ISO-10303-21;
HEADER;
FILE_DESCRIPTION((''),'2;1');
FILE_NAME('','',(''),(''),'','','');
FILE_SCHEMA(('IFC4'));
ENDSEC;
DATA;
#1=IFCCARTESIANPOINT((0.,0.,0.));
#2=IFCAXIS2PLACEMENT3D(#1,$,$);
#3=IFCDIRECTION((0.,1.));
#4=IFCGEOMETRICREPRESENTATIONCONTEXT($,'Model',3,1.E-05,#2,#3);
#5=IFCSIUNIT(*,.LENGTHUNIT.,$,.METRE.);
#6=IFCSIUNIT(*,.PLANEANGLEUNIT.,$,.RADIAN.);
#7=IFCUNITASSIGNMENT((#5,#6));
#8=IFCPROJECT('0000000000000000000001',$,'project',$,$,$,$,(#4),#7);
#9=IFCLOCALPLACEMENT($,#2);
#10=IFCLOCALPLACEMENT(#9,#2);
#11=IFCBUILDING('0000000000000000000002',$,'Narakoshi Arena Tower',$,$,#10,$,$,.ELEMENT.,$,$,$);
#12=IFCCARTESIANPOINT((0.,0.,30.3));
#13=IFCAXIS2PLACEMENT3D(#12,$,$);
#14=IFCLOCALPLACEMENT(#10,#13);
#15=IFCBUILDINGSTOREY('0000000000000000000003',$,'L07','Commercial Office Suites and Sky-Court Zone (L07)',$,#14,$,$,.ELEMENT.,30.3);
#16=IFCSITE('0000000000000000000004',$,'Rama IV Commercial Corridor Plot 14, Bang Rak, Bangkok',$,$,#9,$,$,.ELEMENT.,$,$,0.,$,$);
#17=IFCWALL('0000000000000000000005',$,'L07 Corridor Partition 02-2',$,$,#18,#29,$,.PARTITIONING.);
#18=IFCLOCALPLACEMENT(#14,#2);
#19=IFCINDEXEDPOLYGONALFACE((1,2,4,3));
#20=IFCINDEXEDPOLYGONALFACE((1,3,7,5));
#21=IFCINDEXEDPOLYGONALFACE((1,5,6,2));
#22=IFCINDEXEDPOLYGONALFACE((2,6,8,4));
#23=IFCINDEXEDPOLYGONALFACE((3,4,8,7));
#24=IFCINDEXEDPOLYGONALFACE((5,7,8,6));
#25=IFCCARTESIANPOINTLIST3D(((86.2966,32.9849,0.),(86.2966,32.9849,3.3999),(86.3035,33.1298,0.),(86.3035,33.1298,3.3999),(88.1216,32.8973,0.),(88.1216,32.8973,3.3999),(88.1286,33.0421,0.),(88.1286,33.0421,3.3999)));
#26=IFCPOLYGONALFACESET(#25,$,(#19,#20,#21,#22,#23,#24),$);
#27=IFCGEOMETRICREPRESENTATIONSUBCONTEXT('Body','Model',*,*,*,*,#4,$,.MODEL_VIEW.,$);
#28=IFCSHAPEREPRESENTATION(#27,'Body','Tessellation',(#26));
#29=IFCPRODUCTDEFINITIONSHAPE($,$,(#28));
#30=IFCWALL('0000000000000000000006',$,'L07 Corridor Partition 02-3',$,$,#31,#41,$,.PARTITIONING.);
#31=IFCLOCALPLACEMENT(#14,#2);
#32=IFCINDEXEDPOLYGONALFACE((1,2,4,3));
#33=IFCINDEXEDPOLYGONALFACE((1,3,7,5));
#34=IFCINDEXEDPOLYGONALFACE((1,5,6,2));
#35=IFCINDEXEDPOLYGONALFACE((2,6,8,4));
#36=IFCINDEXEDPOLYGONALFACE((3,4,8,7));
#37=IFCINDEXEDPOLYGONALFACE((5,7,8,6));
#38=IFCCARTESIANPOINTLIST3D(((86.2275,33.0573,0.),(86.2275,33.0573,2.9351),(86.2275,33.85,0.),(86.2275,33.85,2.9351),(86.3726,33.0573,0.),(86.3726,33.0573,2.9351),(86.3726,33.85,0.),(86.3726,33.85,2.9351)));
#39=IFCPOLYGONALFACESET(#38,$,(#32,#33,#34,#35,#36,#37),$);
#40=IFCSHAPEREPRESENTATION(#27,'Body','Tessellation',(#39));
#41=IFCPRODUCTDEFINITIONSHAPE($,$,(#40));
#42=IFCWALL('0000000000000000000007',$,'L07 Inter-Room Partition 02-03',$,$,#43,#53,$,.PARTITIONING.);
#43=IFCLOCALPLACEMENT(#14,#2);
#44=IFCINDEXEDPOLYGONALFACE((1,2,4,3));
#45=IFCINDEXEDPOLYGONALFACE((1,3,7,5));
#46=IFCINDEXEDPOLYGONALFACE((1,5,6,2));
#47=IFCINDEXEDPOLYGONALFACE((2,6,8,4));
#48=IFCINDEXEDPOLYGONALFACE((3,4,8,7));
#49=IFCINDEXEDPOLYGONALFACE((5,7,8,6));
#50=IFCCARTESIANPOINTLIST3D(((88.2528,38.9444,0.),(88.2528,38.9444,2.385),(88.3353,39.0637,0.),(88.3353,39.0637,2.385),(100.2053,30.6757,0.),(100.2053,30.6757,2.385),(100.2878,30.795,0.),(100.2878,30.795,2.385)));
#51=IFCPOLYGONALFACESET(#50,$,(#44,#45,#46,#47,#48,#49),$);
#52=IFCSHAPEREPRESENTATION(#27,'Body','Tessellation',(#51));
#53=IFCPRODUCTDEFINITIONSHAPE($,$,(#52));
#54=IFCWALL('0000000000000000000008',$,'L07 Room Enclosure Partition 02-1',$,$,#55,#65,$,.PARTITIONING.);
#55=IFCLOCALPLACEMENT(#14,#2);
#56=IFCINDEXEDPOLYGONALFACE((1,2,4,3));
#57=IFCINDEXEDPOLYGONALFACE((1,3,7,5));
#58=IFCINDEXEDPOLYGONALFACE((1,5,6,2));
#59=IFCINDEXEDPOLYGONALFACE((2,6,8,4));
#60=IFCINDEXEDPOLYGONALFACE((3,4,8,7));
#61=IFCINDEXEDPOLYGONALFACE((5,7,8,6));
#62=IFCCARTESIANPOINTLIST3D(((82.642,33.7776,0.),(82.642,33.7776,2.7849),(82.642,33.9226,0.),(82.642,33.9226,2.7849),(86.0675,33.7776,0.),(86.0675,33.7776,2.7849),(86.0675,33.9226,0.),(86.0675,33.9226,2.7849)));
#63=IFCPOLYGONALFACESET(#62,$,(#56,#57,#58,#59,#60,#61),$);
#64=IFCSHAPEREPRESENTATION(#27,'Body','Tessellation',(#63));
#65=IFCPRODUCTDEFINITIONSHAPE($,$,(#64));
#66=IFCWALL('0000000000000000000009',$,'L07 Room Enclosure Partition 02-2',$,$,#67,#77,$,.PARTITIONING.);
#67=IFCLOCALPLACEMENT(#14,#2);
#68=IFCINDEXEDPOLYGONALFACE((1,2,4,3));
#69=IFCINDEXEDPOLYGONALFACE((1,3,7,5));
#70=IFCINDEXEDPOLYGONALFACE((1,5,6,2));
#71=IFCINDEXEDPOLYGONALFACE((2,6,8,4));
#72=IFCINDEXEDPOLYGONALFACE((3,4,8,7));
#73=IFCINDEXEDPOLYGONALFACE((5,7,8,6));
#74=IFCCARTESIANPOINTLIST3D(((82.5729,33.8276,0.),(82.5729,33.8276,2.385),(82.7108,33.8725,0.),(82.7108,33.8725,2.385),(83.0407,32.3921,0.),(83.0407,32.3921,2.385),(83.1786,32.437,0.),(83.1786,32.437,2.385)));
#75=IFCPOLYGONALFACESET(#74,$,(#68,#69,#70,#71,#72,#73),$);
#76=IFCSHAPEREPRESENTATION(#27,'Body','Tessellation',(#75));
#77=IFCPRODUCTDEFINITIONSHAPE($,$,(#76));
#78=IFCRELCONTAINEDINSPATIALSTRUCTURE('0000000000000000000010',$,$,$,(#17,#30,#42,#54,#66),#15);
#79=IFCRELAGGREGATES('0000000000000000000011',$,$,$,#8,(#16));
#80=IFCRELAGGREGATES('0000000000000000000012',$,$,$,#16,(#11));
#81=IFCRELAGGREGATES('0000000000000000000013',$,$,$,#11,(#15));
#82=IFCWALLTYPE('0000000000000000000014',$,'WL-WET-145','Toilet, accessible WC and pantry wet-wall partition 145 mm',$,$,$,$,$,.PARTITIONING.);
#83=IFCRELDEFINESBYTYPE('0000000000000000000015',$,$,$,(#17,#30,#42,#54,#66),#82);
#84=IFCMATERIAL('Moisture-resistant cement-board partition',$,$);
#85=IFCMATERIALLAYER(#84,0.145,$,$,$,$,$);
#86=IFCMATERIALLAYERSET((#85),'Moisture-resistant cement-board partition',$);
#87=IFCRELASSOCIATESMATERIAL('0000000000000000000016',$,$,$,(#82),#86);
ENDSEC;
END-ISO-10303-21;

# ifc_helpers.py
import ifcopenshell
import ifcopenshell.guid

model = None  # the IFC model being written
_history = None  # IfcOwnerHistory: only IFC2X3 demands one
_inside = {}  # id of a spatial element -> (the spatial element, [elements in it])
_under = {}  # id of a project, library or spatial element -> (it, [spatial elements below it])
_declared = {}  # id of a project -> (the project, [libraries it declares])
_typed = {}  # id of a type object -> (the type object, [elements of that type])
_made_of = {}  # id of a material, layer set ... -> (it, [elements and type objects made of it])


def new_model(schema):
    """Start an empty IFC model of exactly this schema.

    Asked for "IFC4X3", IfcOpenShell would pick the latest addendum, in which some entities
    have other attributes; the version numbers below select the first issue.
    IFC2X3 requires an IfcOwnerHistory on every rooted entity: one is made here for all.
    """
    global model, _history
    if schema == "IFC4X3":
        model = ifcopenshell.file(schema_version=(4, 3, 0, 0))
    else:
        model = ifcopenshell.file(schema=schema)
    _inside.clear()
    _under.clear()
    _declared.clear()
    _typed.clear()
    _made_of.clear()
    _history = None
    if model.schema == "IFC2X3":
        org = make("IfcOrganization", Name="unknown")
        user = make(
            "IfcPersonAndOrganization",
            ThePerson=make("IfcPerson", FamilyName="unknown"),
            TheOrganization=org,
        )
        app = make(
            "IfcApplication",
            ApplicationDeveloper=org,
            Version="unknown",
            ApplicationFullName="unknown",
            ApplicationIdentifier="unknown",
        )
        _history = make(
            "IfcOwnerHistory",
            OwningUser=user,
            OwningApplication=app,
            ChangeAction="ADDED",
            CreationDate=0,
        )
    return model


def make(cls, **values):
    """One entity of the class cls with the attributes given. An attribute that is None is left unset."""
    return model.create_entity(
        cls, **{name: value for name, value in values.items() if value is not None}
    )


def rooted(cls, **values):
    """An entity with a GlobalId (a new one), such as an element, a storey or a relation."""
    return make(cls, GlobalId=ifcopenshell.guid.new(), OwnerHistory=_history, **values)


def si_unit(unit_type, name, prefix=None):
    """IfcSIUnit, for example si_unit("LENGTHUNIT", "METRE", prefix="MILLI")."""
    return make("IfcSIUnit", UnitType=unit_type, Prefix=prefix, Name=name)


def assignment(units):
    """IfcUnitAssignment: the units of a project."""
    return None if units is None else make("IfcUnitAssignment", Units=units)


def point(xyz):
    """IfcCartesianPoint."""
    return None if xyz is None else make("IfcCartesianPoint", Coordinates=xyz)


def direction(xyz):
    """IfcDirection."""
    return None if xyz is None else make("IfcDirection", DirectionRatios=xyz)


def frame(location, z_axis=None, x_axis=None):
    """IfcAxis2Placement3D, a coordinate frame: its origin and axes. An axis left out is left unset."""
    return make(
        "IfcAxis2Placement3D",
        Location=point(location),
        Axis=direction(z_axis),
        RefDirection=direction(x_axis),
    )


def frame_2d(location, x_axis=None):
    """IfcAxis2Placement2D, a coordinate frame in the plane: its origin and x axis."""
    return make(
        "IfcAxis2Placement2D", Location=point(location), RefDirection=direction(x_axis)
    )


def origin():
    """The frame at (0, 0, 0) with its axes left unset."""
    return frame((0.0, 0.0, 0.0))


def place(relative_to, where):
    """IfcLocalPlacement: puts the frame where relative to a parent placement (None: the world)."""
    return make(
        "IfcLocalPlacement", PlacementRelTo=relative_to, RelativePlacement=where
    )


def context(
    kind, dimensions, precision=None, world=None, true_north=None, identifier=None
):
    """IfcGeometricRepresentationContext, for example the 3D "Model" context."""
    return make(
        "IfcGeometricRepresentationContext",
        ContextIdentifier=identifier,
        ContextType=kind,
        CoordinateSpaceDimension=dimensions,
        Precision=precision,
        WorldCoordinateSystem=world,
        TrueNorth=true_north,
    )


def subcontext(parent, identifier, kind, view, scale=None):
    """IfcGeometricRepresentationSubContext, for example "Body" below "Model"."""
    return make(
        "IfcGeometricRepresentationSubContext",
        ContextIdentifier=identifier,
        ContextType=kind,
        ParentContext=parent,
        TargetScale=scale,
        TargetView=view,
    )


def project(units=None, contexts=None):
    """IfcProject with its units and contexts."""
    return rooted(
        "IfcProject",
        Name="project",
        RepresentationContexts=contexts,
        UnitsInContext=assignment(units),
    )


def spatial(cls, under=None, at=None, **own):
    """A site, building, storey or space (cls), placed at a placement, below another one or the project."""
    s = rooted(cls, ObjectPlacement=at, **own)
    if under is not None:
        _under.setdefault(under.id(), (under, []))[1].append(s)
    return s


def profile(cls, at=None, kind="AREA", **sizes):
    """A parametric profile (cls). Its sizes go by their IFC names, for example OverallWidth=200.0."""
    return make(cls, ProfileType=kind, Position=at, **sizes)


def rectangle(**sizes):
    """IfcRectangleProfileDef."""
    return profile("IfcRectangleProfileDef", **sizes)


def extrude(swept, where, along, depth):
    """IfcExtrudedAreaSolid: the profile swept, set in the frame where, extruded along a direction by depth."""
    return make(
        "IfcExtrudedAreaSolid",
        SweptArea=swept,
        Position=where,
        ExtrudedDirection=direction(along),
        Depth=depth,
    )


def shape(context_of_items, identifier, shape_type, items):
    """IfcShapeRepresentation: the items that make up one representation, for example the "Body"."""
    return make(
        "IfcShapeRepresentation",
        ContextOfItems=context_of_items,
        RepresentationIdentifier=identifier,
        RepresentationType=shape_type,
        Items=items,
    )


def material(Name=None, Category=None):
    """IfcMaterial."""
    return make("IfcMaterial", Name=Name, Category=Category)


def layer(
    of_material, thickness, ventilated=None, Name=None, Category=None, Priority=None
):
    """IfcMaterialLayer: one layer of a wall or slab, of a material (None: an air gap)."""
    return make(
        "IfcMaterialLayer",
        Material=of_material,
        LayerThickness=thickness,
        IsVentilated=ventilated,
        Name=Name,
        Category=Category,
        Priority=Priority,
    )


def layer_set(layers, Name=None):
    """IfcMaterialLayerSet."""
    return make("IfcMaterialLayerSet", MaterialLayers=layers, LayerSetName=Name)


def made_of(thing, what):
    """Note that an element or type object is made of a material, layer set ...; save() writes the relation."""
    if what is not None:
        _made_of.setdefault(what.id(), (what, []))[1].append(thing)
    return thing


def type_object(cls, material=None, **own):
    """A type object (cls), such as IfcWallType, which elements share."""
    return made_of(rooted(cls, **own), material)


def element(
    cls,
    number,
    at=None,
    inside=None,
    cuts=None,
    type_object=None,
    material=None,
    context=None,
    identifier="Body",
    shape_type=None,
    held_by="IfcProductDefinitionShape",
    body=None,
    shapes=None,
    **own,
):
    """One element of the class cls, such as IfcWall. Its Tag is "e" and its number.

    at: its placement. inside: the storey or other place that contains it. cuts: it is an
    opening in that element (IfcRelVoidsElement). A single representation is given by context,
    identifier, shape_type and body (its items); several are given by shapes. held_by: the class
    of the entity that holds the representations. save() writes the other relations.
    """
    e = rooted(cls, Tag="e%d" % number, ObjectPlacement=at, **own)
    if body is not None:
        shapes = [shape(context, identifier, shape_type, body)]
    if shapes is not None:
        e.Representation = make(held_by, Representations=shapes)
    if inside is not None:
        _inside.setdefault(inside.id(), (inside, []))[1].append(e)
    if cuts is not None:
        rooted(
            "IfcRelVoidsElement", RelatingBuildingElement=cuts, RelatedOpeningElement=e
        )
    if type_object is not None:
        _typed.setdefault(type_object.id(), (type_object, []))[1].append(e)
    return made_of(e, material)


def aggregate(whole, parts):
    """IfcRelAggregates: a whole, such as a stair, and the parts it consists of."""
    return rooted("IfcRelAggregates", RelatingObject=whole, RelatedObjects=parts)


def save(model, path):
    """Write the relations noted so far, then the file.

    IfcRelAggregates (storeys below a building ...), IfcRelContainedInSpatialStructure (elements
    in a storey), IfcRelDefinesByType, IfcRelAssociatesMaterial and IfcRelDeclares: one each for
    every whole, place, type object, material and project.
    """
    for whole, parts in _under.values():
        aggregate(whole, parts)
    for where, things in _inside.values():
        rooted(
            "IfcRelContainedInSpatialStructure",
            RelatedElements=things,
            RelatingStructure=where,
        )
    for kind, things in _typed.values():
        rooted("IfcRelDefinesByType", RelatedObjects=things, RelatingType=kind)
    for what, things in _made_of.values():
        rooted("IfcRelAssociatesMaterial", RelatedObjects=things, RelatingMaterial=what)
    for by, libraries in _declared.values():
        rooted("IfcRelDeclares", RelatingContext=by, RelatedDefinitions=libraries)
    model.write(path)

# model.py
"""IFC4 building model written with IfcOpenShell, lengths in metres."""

from ifc_helpers import new_model, si_unit, direction, frame, frame_2d, origin, place, context, subcontext, project, spatial, rectangle, extrude, material, layer, layer_set, type_object, element, save


model = new_model("IFC4")

# Units and contexts
model_context = context("Model", 3, precision=1e-05, world=origin(), true_north=direction((0.0, 1.0)))
body_context = subcontext(model_context, "Body", "Model", "MODEL_VIEW")
ifc_project = project(units=[si_unit("LENGTHUNIT", "METRE"), si_unit("PLANEANGLEUNIT", "RADIAN")], contexts=[model_context])

# Site, building, storey
site_placement = place(None, origin())
site = spatial("IfcSite", under=ifc_project, at=site_placement, Name="Rama IV Commercial Corridor Plot 14, Bang Rak, Bangkok", CompositionType="ELEMENT", RefElevation=0.0)
building_placement = place(site_placement, origin())
building = spatial("IfcBuilding", under=site, at=building_placement, Name="Narakoshi Arena Tower", CompositionType="ELEMENT")
storey_placement = place(building_placement, frame((0.0, 0.0, 30.3)))
storey = spatial("IfcBuildingStorey", under=building, at=storey_placement, Name="L07", Description="Commercial Office Suites and Sky-Court Zone (L07)", CompositionType="ELEMENT", Elevation=30.3)

# Shared definitions
ifc_material_1 = material(Name="Moisture-resistant cement-board partition")
ifc_layer_1 = layer(ifc_material_1, 0.145)
ifc_layer_set_1 = layer_set([ifc_layer_1], Name="Moisture-resistant cement-board partition")
wall_type_1 = type_object("IfcWallType", Name="WL-WET-145", Description="Toilet, accessible WC and pantry wet-wall partition 145 mm", PredefinedType="PARTITIONING", material=ifc_layer_set_1)

# Walls
wall_1_placement = place(storey_placement, frame((86.3, 33.0574, 0.0), z_axis=(0.0, 0.0, 1.0), x_axis=(0.998849, -0.047971, 0.0)))
element("IfcWall", 1, at=wall_1_placement, inside=storey, type_object=wall_type_1, Name="L07 Corridor Partition 02-2", PredefinedType="PARTITIONING", context=body_context, shape_type="SweptSolid", body=[
    extrude(rectangle(XDim=1.8271, YDim=0.145, at=frame_2d((0.9136, 0.0))), origin(), (0.0, 0.0, 1.0), 3.3999),
])
wall_2_placement = place(storey_placement, frame((86.3, 33.8501, 0.0), z_axis=(0.0, 0.0, 1.0), x_axis=(0.0, -1.0, 0.0)))
element("IfcWall", 2, at=wall_2_placement, inside=storey, type_object=wall_type_1, Name="L07 Corridor Partition 02-3", PredefinedType="PARTITIONING", context=body_context, shape_type="SweptSolid", body=[
    extrude(rectangle(XDim=0.7927, YDim=0.145, at=frame_2d((0.3965, 0.0))), origin(), (0.0, 0.0, 1.0), 2.9351),
])
wall_3_placement = place(storey_placement, frame((88.2939, 39.0042, 0.0), z_axis=(0.0, 0.0, 1.0), x_axis=(0.822389, -0.568926, 0.0)))
element("IfcWall", 3, at=wall_3_placement, inside=storey, type_object=wall_type_1, Name="L07 Inter-Room Partition 02-03", PredefinedType="PARTITIONING", context=body_context, shape_type="SweptSolid", body=[
    extrude(rectangle(XDim=14.5339, YDim=0.145, at=frame_2d((7.2671, 0.0))), origin(), (0.0, 0.0, 1.0), 2.385),
])
wall_4_placement = place(storey_placement, frame((82.6418, 33.8501, 0.0), z_axis=(0.0, 0.0, 1.0), x_axis=(1.0, 0.0, 0.0)))
element("IfcWall", 4, at=wall_4_placement, inside=storey, type_object=wall_type_1, Name="L07 Room Enclosure Partition 02-1", PredefinedType="PARTITIONING", context=body_context, shape_type="SweptSolid", body=[
    extrude(rectangle(XDim=3.4255, YDim=0.145, at=frame_2d((1.7129, 0.0))), origin(), (0.0, 0.0, 1.0), 2.7849),
])
wall_5_placement = place(storey_placement, frame((83.1096, 32.4146, 0.0), z_axis=(0.0, 0.0, 1.0), x_axis=(-0.309817, 0.950796, 0.0)))
element("IfcWall", 5, at=wall_5_placement, inside=storey, type_object=wall_type_1, Name="L07 Room Enclosure Partition 02-2", PredefinedType="PARTITIONING", context=body_context, shape_type="SweptSolid", body=[
    extrude(rectangle(XDim=1.5098, YDim=0.145, at=frame_2d((0.7549, 0.0))), origin(), (0.0, 0.0, 1.0), 2.385),
])

save(model, "model.ifc")
